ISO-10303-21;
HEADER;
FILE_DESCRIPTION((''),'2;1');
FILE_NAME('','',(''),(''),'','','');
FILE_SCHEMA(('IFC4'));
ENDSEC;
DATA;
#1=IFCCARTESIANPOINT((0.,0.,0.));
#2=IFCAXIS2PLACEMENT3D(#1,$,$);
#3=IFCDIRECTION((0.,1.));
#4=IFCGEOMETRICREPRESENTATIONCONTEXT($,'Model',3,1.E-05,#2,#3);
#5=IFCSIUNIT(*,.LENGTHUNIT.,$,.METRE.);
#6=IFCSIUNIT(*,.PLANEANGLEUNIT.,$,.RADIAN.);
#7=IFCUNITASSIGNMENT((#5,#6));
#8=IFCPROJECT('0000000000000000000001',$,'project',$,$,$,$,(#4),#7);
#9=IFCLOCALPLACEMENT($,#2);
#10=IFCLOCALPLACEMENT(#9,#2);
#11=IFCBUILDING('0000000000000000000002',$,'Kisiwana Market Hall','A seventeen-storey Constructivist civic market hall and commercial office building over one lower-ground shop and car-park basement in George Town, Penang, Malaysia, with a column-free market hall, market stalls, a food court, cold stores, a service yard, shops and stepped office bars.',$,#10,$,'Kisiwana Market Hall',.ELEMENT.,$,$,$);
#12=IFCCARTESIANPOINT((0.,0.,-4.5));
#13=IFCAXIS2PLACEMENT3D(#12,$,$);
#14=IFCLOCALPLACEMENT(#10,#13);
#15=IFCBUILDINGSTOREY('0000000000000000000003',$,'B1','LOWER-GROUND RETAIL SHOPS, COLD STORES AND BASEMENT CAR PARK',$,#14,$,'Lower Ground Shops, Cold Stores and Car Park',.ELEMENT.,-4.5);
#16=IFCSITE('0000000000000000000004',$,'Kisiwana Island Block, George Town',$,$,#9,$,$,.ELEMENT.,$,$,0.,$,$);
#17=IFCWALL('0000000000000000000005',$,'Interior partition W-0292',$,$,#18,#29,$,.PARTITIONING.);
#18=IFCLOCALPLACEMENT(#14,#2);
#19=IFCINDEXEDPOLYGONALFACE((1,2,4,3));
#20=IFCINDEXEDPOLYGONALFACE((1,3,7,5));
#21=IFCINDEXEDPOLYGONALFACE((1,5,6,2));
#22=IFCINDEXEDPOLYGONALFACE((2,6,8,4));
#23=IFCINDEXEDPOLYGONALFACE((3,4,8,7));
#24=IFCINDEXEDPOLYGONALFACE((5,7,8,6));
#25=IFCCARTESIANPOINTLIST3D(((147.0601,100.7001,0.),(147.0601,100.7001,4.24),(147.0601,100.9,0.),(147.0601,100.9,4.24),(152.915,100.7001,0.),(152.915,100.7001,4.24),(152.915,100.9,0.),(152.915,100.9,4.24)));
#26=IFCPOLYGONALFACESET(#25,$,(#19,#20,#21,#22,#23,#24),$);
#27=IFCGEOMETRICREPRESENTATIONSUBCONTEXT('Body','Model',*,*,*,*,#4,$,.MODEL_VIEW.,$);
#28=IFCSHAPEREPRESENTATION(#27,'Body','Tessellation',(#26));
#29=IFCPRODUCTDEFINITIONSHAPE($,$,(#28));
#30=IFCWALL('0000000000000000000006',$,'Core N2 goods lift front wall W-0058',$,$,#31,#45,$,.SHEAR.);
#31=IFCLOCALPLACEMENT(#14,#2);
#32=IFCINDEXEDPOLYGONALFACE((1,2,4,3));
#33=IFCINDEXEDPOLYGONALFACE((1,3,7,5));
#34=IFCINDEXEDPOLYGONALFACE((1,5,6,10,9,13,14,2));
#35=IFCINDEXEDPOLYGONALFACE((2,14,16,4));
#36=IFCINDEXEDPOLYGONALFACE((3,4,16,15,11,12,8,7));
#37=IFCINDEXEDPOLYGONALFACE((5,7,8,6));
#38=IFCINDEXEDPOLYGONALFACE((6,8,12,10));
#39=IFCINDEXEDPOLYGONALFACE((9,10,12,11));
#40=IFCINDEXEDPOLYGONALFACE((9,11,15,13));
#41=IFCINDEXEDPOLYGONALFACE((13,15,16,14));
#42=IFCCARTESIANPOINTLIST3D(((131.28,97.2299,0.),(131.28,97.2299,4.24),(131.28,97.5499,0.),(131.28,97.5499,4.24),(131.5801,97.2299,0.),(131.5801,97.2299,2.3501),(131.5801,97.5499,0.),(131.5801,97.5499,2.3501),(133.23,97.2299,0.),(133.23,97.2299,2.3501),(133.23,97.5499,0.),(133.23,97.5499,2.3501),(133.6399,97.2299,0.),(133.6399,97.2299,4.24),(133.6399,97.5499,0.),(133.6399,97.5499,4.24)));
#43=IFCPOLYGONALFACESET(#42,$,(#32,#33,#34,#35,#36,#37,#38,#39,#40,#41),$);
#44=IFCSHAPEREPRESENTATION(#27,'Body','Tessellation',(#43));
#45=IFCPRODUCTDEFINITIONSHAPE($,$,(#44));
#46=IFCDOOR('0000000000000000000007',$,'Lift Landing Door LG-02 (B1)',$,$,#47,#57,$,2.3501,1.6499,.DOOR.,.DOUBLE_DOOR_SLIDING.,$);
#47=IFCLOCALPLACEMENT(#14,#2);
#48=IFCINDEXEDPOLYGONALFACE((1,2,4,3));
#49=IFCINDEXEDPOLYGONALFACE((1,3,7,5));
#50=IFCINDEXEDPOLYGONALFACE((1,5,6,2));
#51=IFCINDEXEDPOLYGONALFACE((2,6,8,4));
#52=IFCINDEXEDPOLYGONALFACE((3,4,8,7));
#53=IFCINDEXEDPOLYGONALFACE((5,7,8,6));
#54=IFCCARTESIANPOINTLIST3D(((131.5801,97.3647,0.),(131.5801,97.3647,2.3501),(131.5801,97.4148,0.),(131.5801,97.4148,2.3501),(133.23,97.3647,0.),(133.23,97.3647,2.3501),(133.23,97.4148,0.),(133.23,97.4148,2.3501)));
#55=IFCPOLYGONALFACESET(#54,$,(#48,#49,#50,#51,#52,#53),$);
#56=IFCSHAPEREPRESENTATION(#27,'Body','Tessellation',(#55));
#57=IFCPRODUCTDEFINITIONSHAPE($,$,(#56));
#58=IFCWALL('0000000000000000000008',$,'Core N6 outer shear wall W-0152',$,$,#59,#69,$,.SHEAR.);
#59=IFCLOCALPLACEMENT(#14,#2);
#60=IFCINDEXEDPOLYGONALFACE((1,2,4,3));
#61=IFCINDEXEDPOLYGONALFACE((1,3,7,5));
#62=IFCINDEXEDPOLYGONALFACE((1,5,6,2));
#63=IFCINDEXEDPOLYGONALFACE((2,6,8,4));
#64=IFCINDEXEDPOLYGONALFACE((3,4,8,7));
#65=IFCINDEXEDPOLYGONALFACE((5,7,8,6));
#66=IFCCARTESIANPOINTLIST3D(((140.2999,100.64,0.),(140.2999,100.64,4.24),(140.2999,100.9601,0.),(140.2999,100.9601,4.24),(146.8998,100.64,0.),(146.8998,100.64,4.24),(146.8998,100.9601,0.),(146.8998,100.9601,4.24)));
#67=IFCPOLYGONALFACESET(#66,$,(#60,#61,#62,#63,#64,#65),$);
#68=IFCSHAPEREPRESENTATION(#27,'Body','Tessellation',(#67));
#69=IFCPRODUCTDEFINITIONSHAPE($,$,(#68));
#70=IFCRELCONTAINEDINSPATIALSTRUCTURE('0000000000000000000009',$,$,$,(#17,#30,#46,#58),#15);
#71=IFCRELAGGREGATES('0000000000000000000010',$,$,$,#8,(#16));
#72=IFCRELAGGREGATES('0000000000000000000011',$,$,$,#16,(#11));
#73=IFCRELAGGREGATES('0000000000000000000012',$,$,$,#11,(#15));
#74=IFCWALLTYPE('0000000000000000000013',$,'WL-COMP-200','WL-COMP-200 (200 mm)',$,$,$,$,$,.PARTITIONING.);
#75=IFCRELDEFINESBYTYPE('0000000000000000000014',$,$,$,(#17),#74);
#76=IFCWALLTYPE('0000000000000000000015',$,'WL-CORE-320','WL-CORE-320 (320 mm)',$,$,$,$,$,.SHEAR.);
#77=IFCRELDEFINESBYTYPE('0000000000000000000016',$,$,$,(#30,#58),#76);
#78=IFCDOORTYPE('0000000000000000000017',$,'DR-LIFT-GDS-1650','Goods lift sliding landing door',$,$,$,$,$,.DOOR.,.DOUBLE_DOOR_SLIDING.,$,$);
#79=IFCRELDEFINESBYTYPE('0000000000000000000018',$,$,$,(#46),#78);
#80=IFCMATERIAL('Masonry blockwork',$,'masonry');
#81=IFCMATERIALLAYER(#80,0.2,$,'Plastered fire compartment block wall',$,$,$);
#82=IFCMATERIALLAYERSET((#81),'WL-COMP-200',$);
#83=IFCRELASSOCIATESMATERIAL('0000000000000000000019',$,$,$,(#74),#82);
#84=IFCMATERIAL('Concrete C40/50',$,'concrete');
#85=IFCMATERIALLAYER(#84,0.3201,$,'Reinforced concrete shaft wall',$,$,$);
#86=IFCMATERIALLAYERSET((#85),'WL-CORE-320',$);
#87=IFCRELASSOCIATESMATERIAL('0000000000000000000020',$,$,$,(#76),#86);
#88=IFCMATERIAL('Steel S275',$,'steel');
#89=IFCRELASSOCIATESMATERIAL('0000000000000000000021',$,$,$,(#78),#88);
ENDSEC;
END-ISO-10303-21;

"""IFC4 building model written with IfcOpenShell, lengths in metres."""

from ifc_helpers import new_model, si_unit, direction, frame, frame_2d, origin, place, context, subcontext, project, spatial, rectangle, extrude, material, layer, layer_set, type_object, element, fill, save


model = new_model("IFC4")

# Units and contexts
model_context = context("Model", 3, precision=1e-05, world=origin(), true_north=direction((0.0, 1.0)))
body_context = subcontext(model_context, "Body", "Model", "MODEL_VIEW")
ifc_project = project(units=[si_unit("LENGTHUNIT", "METRE"), si_unit("PLANEANGLEUNIT", "RADIAN")], contexts=[model_context])

# Site, building, storey
site_placement = place(None, origin())
site = spatial("IfcSite", under=ifc_project, at=site_placement, Name="Kisiwana Island Block, George Town", CompositionType="ELEMENT", RefElevation=0.0)
building_placement = place(site_placement, origin())
building = spatial("IfcBuilding", under=site, at=building_placement, Name="Kisiwana Market Hall", Description="A seventeen-storey Constructivist civic market hall and commercial office building over one lower-ground shop and car-park basement in George Town, Penang, Malaysia, with a column-free market hall, market stalls, a food court, cold stores, a service yard, shops and stepped office bars.", LongName="Kisiwana Market Hall", CompositionType="ELEMENT")
storey_placement = place(building_placement, frame((0.0, 0.0, -4.5)))
storey = spatial("IfcBuildingStorey", under=building, at=storey_placement, Name="B1", Description="LOWER-GROUND RETAIL SHOPS, COLD STORES AND BASEMENT CAR PARK", LongName="Lower Ground Shops, Cold Stores and Car Park", CompositionType="ELEMENT", Elevation=-4.5)

# Wall
ifc_material_1 = material(Name="Masonry blockwork", Category="masonry")
ifc_layer_1 = layer(ifc_material_1, 0.2, Name="Plastered fire compartment block wall")
ifc_layer_set_1 = layer_set([ifc_layer_1], Name="WL-COMP-200")
wall_type_1 = type_object("IfcWallType", Name="WL-COMP-200", Description="WL-COMP-200 (200 mm)", PredefinedType="PARTITIONING", material=ifc_layer_set_1)
wall_1_placement = place(storey_placement, frame((147.0601, 100.8, 0.0), z_axis=(0.0, 0.0, 1.0), x_axis=(1.0, 0.0, 0.0)))
element("IfcWall", 1, at=wall_1_placement, inside=storey, type_object=wall_type_1, Name="Interior partition W-0292", PredefinedType="PARTITIONING", context=body_context, shape_type="SweptSolid", body=[
    extrude(rectangle(XDim=5.855, YDim=0.2, at=frame_2d((2.9275, 0.0))), origin(), (0.0, 0.0, 1.0), 4.24),
])

# Wall, opening, door
ifc_material_2 = material(Name="Concrete C40/50", Category="concrete")
ifc_layer_2 = layer(ifc_material_2, 0.3201, Name="Reinforced concrete shaft wall")
ifc_layer_set_2 = layer_set([ifc_layer_2], Name="WL-CORE-320")
wall_type_2 = type_object("IfcWallType", Name="WL-CORE-320", Description="WL-CORE-320 (320 mm)", PredefinedType="SHEAR", material=ifc_layer_set_2)
wall_2_placement = place(storey_placement, frame((131.28, 97.3899, 0.0), z_axis=(0.0, 0.0, 1.0), x_axis=(1.0, 0.0, 0.0)))
wall_2 = element("IfcWall", 2, at=wall_2_placement, inside=storey, type_object=wall_type_2, Name="Core N2 goods lift front wall W-0058", PredefinedType="SHEAR", context=body_context, shape_type="SweptSolid", body=[
    extrude(rectangle(XDim=2.3599, YDim=0.3201, at=frame_2d((1.1799, 0.0))), origin(), (0.0, 0.0, 1.0), 4.24),
])
opening_placement = place(wall_2_placement, frame((0.3, 0.0, 0.0)))
opening = element("IfcOpeningElement", 3, at=opening_placement, cuts=wall_2, PredefinedType="OPENING", context=body_context, shape_type="SweptSolid", body=[
    extrude(rectangle(XDim=1.6499, YDim=2.3501, at=frame_2d((0.825, 1.175))), frame((0.0, 0.1719, 0.0), z_axis=(0.0, -1.0, 0.0), x_axis=(1.0, 0.0, 0.0)), (0.0, 0.0, 1.0), 0.344),
])
ifc_material_3 = material(Name="Steel S275", Category="steel")
door_type = type_object("IfcDoorType", Name="DR-LIFT-GDS-1650", Description="Goods lift sliding landing door", OperationType="DOUBLE_DOOR_SLIDING", PredefinedType="DOOR", material=ifc_material_3)
door_placement = place(opening_placement, origin())
door = element("IfcDoor", 4, at=door_placement, inside=storey, type_object=door_type, Name="Lift Landing Door LG-02 (B1)", OperationType="DOUBLE_DOOR_SLIDING", OverallHeight=2.3501, OverallWidth=1.6499, PredefinedType="DOOR", context=body_context, shape_type="SweptSolid", body=[
    extrude(rectangle(XDim=1.6499, YDim=2.3501, at=frame_2d((0.825, 1.175))), frame((0.0, 0.0249, 0.0), z_axis=(0.0, -1.0, 0.0), x_axis=(1.0, 0.0, 0.0)), (0.0, 0.0, 1.0), 0.05),
])
fill(opening, door)

# Wall
wall_3_placement = place(storey_placement, frame((140.3, 100.8, 0.0), z_axis=(0.0, 0.0, 1.0), x_axis=(1.0, 0.0, 0.0)))
element("IfcWall", 5, at=wall_3_placement, inside=storey, type_object=wall_type_2, Name="Core N6 outer shear wall W-0152", PredefinedType="SHEAR", context=body_context, shape_type="SweptSolid", body=[
    extrude(rectangle(XDim=6.5999, YDim=0.3201, at=frame_2d((3.2998, 0.0))), origin(), (0.0, 0.0, 1.0), 4.24),
])

save(model, "model.ifc")
